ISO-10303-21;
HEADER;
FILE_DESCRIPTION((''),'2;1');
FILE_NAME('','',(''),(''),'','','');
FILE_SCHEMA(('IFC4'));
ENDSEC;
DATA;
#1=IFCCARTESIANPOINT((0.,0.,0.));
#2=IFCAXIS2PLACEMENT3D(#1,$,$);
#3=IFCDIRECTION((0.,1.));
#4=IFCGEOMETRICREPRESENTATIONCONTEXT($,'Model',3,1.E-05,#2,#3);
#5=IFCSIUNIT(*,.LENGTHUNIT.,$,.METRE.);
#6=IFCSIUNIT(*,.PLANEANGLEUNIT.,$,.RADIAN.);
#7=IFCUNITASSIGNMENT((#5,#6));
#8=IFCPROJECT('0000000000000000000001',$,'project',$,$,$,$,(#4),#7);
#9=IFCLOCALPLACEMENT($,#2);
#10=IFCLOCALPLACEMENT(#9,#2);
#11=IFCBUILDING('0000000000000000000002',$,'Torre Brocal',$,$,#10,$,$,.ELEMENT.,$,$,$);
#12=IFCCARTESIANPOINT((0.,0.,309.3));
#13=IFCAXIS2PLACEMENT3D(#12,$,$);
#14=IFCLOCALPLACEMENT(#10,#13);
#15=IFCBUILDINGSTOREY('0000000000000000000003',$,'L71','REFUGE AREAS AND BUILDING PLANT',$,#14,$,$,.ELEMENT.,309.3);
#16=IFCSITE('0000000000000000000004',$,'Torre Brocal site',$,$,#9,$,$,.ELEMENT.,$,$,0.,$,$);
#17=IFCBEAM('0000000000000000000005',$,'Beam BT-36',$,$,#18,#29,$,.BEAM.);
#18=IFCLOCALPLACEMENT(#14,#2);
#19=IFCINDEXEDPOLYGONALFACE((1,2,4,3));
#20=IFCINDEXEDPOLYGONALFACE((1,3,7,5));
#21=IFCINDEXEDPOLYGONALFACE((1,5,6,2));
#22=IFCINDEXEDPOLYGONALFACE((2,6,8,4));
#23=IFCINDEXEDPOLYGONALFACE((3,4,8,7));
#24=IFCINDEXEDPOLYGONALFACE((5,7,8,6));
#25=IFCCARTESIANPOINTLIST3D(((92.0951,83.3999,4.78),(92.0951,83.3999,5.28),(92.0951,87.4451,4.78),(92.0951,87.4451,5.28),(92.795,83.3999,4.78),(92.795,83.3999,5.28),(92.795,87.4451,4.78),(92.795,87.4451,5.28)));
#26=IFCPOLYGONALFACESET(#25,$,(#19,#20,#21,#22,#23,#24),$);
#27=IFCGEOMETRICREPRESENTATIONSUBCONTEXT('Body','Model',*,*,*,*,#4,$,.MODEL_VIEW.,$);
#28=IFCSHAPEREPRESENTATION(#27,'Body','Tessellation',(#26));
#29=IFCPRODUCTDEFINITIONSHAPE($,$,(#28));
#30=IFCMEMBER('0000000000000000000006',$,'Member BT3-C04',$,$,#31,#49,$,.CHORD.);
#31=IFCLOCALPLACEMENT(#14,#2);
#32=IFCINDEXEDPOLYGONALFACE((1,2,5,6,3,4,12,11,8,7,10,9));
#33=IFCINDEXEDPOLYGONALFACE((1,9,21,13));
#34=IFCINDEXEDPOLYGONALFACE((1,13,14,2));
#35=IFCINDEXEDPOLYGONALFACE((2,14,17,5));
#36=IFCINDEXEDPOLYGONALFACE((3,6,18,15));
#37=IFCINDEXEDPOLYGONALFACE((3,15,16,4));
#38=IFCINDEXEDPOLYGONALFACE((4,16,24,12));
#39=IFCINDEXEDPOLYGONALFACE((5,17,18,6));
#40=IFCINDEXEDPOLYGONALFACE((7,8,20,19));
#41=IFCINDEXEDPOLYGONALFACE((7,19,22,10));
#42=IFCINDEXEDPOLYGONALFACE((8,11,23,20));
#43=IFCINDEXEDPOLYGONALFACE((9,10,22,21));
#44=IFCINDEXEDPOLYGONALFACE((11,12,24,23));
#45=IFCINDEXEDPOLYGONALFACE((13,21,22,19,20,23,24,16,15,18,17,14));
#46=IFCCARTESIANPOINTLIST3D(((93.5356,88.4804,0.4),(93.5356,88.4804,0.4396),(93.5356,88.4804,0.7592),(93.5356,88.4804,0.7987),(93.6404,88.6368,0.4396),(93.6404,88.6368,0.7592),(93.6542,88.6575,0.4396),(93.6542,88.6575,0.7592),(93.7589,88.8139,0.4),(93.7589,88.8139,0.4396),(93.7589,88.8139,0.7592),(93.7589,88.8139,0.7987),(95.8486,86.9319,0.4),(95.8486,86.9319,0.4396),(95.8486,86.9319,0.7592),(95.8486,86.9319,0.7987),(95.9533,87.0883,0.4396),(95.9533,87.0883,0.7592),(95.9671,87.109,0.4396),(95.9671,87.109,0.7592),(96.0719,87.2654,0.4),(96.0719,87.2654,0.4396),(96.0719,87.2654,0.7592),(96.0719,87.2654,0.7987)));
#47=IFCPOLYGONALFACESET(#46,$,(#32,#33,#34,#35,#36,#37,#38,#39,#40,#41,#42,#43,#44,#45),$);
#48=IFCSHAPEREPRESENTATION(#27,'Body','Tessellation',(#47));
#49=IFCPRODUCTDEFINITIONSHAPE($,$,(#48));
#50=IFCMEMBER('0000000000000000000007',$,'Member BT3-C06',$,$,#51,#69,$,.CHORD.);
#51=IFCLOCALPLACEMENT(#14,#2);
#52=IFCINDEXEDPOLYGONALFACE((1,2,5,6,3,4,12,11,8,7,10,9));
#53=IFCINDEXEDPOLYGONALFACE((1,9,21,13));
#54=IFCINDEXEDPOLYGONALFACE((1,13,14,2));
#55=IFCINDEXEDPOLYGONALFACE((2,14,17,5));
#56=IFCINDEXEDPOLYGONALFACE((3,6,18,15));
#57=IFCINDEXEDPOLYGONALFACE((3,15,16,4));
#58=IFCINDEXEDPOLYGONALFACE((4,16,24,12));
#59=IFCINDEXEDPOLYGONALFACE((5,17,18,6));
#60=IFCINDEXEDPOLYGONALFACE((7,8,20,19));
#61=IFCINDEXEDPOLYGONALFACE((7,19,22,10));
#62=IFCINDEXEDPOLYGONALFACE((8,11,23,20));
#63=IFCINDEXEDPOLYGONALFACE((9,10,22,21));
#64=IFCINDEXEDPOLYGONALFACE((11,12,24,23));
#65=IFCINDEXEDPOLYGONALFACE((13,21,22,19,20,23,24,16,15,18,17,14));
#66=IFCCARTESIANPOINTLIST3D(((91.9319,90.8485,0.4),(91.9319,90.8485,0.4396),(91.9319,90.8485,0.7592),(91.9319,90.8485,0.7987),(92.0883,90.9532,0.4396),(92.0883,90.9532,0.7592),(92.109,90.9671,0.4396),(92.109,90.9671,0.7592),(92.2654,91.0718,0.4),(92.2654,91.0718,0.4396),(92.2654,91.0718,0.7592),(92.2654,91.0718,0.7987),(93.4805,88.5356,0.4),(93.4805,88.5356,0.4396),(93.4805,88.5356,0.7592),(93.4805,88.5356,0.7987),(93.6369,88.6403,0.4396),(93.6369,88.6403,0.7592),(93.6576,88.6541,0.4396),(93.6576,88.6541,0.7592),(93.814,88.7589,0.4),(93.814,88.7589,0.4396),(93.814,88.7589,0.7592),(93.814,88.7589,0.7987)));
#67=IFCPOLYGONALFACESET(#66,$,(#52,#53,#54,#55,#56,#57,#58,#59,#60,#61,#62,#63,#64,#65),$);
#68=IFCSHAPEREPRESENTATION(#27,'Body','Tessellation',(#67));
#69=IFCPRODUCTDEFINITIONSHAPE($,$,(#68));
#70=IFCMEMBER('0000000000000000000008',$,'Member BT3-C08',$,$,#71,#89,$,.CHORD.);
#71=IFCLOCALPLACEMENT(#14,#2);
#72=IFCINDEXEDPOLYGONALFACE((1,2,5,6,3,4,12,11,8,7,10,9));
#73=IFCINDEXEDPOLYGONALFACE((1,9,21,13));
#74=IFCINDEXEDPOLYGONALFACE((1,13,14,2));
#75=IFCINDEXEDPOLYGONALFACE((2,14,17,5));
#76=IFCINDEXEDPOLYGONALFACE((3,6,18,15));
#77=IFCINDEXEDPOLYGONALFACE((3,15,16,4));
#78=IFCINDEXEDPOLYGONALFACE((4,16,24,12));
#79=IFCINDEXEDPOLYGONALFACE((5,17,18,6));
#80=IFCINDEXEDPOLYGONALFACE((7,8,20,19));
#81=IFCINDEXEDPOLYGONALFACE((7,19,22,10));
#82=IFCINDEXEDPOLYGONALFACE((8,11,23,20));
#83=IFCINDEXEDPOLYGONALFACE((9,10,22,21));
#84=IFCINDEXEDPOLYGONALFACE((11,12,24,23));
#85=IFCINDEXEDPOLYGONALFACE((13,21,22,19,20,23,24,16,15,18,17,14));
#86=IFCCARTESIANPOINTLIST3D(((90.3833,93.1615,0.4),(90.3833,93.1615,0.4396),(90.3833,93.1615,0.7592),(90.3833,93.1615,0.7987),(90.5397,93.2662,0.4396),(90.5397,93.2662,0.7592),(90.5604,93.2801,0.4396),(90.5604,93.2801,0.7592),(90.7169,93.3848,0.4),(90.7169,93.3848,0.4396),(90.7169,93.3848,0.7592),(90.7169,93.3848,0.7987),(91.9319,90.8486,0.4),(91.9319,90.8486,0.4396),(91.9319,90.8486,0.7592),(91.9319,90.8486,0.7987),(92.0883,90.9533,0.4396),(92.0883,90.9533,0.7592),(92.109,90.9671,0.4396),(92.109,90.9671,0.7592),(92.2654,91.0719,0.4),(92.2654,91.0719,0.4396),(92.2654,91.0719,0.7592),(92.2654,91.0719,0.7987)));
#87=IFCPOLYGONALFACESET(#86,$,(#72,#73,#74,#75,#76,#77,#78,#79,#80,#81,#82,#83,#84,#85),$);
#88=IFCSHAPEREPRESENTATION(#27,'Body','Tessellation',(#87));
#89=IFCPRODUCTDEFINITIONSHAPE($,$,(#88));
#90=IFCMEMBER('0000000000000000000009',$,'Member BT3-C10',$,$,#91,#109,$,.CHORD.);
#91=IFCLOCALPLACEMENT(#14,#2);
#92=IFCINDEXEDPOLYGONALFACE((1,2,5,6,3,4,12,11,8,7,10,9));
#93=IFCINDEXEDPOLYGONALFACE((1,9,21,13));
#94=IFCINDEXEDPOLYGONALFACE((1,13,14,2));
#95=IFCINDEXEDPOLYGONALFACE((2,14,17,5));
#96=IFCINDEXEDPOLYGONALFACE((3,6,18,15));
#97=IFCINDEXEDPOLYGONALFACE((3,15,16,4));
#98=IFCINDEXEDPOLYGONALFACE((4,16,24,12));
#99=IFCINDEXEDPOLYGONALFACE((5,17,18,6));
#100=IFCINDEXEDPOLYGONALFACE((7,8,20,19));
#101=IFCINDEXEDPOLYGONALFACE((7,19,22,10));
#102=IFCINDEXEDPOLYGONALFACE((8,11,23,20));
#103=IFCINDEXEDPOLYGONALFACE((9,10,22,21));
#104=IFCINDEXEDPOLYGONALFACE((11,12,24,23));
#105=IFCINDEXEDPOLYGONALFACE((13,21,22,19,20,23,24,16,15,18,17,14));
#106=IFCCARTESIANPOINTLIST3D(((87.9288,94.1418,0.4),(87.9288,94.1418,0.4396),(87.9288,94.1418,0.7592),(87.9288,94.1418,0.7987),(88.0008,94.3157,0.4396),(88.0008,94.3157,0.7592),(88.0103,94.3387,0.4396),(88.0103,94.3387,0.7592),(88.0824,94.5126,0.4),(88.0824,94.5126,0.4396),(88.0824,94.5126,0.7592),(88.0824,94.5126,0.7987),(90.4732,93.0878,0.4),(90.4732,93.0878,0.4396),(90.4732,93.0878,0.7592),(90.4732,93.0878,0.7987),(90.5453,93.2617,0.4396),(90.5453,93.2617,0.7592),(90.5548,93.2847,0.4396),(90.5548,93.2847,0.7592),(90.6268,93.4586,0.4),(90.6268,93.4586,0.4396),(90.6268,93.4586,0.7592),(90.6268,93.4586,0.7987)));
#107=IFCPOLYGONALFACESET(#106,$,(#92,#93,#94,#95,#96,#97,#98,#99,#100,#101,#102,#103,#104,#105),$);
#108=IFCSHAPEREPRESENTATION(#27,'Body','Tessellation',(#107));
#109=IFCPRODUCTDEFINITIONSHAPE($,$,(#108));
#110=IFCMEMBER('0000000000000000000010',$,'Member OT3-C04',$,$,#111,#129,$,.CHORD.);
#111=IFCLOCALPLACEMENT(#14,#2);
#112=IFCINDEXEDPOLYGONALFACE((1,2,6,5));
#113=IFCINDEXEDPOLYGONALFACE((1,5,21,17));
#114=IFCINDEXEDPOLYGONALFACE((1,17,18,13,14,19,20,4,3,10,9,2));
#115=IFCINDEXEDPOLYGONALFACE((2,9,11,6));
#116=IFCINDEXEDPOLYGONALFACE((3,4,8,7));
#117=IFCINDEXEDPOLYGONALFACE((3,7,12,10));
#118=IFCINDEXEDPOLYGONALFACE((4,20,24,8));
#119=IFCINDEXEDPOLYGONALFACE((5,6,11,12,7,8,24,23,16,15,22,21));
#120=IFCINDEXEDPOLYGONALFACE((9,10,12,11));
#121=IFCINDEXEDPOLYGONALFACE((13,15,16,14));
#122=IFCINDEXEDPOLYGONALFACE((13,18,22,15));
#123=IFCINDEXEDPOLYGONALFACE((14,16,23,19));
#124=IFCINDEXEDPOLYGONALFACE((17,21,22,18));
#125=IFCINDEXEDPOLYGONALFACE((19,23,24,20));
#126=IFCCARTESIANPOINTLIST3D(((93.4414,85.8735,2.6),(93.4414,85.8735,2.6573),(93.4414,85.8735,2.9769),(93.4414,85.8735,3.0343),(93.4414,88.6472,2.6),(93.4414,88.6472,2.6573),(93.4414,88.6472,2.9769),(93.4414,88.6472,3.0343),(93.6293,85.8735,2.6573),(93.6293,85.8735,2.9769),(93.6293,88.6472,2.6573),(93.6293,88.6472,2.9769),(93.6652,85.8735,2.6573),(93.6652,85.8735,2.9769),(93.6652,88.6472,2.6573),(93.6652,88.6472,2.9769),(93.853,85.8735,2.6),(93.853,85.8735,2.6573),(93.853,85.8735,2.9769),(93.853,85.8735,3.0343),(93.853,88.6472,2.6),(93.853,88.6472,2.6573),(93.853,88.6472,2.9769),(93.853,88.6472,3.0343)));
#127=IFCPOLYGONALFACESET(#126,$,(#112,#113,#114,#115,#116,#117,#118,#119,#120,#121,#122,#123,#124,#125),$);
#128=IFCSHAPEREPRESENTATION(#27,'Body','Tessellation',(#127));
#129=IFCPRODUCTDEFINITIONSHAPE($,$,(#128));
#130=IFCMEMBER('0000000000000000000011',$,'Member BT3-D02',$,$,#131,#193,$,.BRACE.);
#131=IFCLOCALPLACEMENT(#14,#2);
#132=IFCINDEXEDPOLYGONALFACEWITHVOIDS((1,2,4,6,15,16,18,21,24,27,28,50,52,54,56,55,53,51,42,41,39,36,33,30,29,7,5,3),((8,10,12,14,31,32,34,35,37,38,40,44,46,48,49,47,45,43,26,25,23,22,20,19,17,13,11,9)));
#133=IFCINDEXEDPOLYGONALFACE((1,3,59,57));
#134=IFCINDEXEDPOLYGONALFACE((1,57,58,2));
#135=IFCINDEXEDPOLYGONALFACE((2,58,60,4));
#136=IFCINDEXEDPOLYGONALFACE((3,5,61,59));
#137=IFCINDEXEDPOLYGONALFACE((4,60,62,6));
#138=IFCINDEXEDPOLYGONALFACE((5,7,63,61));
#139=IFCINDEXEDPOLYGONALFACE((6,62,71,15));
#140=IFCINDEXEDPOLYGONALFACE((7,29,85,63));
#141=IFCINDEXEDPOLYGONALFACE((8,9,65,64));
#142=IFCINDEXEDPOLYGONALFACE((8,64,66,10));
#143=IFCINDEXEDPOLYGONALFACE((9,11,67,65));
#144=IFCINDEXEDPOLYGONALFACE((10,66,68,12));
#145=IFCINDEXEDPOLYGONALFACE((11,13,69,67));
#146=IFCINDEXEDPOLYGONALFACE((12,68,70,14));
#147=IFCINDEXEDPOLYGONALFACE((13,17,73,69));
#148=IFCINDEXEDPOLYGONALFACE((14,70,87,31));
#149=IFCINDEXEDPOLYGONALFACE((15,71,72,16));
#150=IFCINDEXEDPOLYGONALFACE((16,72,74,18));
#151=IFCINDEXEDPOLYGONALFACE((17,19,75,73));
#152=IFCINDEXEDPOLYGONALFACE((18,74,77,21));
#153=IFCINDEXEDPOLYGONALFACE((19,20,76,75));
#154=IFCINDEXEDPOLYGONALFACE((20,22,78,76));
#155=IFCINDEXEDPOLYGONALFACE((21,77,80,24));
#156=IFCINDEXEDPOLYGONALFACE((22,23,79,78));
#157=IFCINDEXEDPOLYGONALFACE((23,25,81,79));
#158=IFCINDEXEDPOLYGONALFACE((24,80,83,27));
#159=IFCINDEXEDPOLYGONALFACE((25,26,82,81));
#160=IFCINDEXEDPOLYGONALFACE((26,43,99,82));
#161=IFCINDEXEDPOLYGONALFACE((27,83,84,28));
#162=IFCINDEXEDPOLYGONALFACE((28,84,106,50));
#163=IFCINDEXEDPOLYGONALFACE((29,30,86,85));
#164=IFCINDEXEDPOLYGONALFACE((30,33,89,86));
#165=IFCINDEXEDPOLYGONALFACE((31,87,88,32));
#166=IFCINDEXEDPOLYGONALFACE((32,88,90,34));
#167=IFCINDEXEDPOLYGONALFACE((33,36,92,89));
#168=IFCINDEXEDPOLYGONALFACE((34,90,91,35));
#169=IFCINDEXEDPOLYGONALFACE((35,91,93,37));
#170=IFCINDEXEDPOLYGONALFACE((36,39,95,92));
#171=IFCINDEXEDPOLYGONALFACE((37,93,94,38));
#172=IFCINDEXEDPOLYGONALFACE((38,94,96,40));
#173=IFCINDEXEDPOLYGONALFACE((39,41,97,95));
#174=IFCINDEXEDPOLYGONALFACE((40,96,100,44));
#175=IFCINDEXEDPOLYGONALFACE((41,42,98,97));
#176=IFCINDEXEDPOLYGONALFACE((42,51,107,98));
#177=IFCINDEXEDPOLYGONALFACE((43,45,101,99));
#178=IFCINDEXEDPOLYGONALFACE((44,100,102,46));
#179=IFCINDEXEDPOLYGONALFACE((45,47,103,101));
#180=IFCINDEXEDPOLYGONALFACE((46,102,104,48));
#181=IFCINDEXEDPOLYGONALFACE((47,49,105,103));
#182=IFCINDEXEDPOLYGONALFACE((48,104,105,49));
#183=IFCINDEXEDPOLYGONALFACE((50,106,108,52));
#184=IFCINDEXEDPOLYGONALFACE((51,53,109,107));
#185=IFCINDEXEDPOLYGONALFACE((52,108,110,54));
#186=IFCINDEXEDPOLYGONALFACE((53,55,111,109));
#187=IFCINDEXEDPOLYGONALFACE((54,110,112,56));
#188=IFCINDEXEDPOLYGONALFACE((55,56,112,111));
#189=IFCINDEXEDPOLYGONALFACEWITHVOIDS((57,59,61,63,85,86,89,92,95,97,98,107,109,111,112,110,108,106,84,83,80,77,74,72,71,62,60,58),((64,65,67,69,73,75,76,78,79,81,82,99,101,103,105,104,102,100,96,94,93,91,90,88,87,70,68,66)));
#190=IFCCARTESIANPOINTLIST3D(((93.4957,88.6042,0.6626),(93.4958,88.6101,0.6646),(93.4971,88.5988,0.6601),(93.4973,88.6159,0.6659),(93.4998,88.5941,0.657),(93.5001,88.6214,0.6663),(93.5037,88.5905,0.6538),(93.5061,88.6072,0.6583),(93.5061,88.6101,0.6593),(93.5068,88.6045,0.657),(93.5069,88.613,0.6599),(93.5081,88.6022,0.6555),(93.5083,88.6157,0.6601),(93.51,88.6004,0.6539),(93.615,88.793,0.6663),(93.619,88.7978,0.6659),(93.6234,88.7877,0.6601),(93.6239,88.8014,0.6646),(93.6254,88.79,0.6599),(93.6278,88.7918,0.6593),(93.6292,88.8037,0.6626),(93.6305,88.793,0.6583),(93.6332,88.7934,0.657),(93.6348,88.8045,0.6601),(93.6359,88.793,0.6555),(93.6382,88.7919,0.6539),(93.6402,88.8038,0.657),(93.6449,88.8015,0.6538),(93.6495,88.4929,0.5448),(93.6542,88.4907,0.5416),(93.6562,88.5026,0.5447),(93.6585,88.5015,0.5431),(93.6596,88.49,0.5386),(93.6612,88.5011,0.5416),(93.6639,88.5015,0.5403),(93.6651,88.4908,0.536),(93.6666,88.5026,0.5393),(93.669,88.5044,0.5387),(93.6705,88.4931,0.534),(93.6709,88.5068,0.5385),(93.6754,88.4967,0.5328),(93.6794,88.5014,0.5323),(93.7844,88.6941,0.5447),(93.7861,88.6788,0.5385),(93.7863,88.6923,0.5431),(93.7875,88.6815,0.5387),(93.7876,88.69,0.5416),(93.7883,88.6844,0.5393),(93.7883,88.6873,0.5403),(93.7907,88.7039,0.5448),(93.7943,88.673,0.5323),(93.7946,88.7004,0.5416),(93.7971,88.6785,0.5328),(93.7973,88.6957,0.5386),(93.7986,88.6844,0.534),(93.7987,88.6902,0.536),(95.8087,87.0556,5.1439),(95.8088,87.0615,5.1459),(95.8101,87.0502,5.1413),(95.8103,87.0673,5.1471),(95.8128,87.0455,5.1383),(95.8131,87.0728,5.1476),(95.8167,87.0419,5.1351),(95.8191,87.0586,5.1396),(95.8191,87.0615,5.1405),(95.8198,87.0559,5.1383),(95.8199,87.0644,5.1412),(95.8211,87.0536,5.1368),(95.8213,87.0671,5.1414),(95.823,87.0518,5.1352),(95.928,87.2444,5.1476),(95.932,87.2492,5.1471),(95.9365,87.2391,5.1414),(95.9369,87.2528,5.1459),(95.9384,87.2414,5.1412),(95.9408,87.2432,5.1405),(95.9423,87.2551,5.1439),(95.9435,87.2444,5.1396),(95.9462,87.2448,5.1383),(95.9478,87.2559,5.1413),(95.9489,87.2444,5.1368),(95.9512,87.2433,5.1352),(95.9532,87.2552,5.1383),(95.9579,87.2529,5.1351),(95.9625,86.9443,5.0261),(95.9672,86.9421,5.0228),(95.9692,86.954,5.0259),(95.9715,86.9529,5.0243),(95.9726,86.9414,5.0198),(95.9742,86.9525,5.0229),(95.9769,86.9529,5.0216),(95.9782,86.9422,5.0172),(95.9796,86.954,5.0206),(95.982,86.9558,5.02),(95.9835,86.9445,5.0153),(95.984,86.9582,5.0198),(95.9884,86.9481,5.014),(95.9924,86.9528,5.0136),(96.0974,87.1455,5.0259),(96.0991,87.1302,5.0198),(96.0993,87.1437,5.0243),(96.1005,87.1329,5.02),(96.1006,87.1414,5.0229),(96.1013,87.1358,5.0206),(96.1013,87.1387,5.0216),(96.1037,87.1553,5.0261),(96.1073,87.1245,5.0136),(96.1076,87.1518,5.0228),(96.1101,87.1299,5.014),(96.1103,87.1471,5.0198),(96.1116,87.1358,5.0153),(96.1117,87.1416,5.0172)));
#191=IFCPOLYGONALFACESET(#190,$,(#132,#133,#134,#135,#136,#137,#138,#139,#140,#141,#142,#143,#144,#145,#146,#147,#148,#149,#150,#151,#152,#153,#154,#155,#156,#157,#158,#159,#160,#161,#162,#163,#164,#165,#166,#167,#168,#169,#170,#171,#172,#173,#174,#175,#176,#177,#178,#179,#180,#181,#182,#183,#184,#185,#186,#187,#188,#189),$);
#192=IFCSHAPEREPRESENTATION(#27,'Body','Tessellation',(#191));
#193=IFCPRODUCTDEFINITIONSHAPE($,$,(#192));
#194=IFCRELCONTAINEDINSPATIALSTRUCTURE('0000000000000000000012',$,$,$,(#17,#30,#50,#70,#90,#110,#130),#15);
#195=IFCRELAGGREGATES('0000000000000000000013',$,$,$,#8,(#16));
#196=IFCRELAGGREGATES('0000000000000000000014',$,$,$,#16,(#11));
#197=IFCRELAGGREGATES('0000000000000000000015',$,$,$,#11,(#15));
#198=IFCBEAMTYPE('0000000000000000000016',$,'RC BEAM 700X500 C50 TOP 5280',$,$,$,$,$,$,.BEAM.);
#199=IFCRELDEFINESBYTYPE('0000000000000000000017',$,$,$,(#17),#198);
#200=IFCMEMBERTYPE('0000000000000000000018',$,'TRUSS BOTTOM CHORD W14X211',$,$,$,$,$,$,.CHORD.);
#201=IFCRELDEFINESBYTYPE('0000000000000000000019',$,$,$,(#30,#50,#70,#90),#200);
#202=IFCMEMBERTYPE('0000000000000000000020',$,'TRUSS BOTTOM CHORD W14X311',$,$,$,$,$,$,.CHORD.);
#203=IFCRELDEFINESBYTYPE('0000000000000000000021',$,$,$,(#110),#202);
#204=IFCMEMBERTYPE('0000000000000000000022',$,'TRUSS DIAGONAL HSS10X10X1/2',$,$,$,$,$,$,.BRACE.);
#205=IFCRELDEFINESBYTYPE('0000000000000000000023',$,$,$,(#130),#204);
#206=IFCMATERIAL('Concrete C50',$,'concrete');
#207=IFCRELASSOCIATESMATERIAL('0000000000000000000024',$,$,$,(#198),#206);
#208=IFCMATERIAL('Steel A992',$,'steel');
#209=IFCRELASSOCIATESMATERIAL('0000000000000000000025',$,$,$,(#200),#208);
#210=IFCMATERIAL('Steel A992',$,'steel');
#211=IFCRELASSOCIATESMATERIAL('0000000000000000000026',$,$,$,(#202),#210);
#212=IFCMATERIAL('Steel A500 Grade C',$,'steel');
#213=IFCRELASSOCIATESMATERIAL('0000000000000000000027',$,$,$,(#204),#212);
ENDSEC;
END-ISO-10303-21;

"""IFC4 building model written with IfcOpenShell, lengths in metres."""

from ifc_helpers import new_model, si_unit, direction, frame, origin, origin_2d, place, context, subcontext, project, spatial, rectangle, hollow_rectangle, i_section, extrude, material, material_profile, profile_set, type_object, element, save


model = new_model("IFC4")

# Units and contexts
model_context = context("Model", 3, precision=1e-05, world=origin(), true_north=direction((0.0, 1.0)))
body_context = subcontext(model_context, "Body", "Model", "MODEL_VIEW")
ifc_project = project(units=[si_unit("LENGTHUNIT", "METRE"), si_unit("PLANEANGLEUNIT", "RADIAN")], contexts=[model_context])

# Site, building, storey
site_placement = place(None, origin())
site = spatial("IfcSite", under=ifc_project, at=site_placement, Name="Torre Brocal site", CompositionType="ELEMENT", RefElevation=0.0)
building_placement = place(site_placement, origin())
building = spatial("IfcBuilding", under=site, at=building_placement, Name="Torre Brocal", CompositionType="ELEMENT")
storey_placement = place(building_placement, frame((0.0, 0.0, 309.3)))
storey = spatial("IfcBuildingStorey", under=building, at=storey_placement, Name="L71", Description="REFUGE AREAS AND BUILDING PLANT", CompositionType="ELEMENT", Elevation=309.3)

# Beam
ifc_material_1 = material(Name="Concrete C50", Category="concrete")
ifc_material_profile_1 = material_profile(ifc_material_1, rectangle(XDim=0.7, YDim=0.5, at=origin_2d()), Name="RC 700X500")
ifc_profile_set_1 = profile_set([ifc_material_profile_1], Name="Concrete C50")
beam_type = type_object("IfcBeamType", Name="RC BEAM 700X500 C50 TOP 5280", PredefinedType="BEAM", material=ifc_profile_set_1)
beam_1_placement = place(storey_placement, frame((92.4451, 87.4451, 5.03), z_axis=(0.0, -1.0, 0.0), x_axis=(1.0, 0.0, 0.0)))
element("IfcBeam", 1, at=beam_1_placement, inside=storey, type_object=beam_type, Name="Beam BT-36", PredefinedType="BEAM", context=body_context, shape_type="SweptSolid", body=[
    extrude(rectangle(XDim=0.7, YDim=0.5, at=origin_2d()), origin(), (0.0, 0.0, 1.0), 4.0452),
])

# Members
ifc_material_2 = material(Name="Steel A992", Category="steel")
ifc_material_profile_2 = material_profile(ifc_material_2, i_section(OverallWidth=0.4014, OverallDepth=0.3987, WebThickness=0.0249, FlangeThickness=0.0396, at=origin_2d()), Name="W14X211")
ifc_profile_set_2 = profile_set([ifc_material_profile_2], Name="Steel A992")
member_type_1 = type_object("IfcMemberType", Name="TRUSS BOTTOM CHORD W14X211", PredefinedType="CHORD", material=ifc_profile_set_2)
for number, where, z_axis, x_axis, name in (
    (2, (95.9602, 87.0986, 0.5994), (-0.830956, 0.556339, 0.0), (-0.556339, -0.830956, 0.0), "Member BT3-C04"),
    (3, (93.6472, 88.6472, 0.5994), (-0.556339, 0.830956, 0.0), (-0.830956, -0.556339, 0.0), "Member BT3-C06"),
    (4, (92.0986, 90.9602, 0.5994), (-0.556339, 0.830956, 0.0), (-0.830956, -0.556339, 0.0), "Member BT3-C08"),
):
    element("IfcMember", number, at=place(storey_placement, frame(where, z_axis=z_axis, x_axis=x_axis)), inside=storey, type_object=member_type_1, Name=name, PredefinedType="CHORD", context=body_context, shape_type="SweptSolid", body=[
        extrude(i_section(OverallWidth=0.4014, OverallDepth=0.3987, WebThickness=0.0249, FlangeThickness=0.0396, at=origin_2d()), origin(), (0.0, 0.0, 1.0), 2.7834),
    ])
member_1_placement = place(storey_placement, frame((90.55, 93.2732, 0.5994), z_axis=(-0.923877, 0.382688, 0.0), x_axis=(-0.382688, -0.923877, 0.0)))
element("IfcMember", 5, at=member_1_placement, inside=storey, type_object=member_type_1, Name="Member BT3-C10", PredefinedType="CHORD", context=body_context, shape_type="SweptSolid", body=[
    extrude(i_section(OverallWidth=0.4014, OverallDepth=0.3987, WebThickness=0.0249, FlangeThickness=0.0396, at=origin_2d()), origin(), (0.0, 0.0, 1.0), 2.7542),
])
ifc_material_3 = material(Name="Steel A992", Category="steel")
ifc_material_profile_3 = material_profile(ifc_material_3, i_section(OverallWidth=0.4116, OverallDepth=0.4343, WebThickness=0.0359, FlangeThickness=0.0574, at=origin_2d()), Name="W14X311")
ifc_profile_set_3 = profile_set([ifc_material_profile_3], Name="Steel A992")
member_type_2 = type_object("IfcMemberType", Name="TRUSS BOTTOM CHORD W14X311", PredefinedType="CHORD", material=ifc_profile_set_3)
member_2_placement = place(storey_placement, frame((93.6472, 85.8735, 2.8171), z_axis=(0.0, 1.0, 0.0), x_axis=(-1.0, 0.0, 0.0)))
element("IfcMember", 6, at=member_2_placement, inside=storey, type_object=member_type_2, Name="Member OT3-C04", PredefinedType="CHORD", context=body_context, shape_type="SweptSolid", body=[
    extrude(i_section(OverallWidth=0.4116, OverallDepth=0.4343, WebThickness=0.0359, FlangeThickness=0.0574, at=origin_2d()), origin(), (0.0, 0.0, 1.0), 2.7737),
])
ifc_material_4 = material(Name="Steel A500 Grade C", Category="steel")
ifc_material_profile_4 = material_profile(ifc_material_4, hollow_rectangle(XDim=0.2539, YDim=0.2539, WallThickness=0.0117, InnerFilletRadius=0.0117, OuterFilletRadius=0.0237, at=origin_2d()), Name="HSS10X10X1/2")
ifc_profile_set_4 = profile_set([ifc_material_profile_4], Name="Steel A500 Grade C")
member_type_3 = type_object("IfcMemberType", Name="TRUSS DIAGONAL HSS10X10X1/2", PredefinedType="BRACE", material=ifc_profile_set_4)
for number, where, z_axis, x_axis, name in (
    (7, (95.9602, 87.0986, 5.0806), (-0.438453, 0.293552, -0.849462), (-0.556339, -0.830956, 0.0), "Member BT3-D02"),
):
    element("IfcMember", number, at=place(storey_placement, frame(where, z_axis=z_axis, x_axis=x_axis)), inside=storey, type_object=member_type_3, Name=name, PredefinedType="BRACE", context=body_context, shape_type="SweptSolid", body=[
        extrude(hollow_rectangle(XDim=0.2539, YDim=0.2539, WallThickness=0.0117, InnerFilletRadius=0.0117, OuterFilletRadius=0.0237, at=origin_2d()), origin(), (0.0, 0.0, 1.0), 5.2754),
    ])

save(model, "model.ifc")
